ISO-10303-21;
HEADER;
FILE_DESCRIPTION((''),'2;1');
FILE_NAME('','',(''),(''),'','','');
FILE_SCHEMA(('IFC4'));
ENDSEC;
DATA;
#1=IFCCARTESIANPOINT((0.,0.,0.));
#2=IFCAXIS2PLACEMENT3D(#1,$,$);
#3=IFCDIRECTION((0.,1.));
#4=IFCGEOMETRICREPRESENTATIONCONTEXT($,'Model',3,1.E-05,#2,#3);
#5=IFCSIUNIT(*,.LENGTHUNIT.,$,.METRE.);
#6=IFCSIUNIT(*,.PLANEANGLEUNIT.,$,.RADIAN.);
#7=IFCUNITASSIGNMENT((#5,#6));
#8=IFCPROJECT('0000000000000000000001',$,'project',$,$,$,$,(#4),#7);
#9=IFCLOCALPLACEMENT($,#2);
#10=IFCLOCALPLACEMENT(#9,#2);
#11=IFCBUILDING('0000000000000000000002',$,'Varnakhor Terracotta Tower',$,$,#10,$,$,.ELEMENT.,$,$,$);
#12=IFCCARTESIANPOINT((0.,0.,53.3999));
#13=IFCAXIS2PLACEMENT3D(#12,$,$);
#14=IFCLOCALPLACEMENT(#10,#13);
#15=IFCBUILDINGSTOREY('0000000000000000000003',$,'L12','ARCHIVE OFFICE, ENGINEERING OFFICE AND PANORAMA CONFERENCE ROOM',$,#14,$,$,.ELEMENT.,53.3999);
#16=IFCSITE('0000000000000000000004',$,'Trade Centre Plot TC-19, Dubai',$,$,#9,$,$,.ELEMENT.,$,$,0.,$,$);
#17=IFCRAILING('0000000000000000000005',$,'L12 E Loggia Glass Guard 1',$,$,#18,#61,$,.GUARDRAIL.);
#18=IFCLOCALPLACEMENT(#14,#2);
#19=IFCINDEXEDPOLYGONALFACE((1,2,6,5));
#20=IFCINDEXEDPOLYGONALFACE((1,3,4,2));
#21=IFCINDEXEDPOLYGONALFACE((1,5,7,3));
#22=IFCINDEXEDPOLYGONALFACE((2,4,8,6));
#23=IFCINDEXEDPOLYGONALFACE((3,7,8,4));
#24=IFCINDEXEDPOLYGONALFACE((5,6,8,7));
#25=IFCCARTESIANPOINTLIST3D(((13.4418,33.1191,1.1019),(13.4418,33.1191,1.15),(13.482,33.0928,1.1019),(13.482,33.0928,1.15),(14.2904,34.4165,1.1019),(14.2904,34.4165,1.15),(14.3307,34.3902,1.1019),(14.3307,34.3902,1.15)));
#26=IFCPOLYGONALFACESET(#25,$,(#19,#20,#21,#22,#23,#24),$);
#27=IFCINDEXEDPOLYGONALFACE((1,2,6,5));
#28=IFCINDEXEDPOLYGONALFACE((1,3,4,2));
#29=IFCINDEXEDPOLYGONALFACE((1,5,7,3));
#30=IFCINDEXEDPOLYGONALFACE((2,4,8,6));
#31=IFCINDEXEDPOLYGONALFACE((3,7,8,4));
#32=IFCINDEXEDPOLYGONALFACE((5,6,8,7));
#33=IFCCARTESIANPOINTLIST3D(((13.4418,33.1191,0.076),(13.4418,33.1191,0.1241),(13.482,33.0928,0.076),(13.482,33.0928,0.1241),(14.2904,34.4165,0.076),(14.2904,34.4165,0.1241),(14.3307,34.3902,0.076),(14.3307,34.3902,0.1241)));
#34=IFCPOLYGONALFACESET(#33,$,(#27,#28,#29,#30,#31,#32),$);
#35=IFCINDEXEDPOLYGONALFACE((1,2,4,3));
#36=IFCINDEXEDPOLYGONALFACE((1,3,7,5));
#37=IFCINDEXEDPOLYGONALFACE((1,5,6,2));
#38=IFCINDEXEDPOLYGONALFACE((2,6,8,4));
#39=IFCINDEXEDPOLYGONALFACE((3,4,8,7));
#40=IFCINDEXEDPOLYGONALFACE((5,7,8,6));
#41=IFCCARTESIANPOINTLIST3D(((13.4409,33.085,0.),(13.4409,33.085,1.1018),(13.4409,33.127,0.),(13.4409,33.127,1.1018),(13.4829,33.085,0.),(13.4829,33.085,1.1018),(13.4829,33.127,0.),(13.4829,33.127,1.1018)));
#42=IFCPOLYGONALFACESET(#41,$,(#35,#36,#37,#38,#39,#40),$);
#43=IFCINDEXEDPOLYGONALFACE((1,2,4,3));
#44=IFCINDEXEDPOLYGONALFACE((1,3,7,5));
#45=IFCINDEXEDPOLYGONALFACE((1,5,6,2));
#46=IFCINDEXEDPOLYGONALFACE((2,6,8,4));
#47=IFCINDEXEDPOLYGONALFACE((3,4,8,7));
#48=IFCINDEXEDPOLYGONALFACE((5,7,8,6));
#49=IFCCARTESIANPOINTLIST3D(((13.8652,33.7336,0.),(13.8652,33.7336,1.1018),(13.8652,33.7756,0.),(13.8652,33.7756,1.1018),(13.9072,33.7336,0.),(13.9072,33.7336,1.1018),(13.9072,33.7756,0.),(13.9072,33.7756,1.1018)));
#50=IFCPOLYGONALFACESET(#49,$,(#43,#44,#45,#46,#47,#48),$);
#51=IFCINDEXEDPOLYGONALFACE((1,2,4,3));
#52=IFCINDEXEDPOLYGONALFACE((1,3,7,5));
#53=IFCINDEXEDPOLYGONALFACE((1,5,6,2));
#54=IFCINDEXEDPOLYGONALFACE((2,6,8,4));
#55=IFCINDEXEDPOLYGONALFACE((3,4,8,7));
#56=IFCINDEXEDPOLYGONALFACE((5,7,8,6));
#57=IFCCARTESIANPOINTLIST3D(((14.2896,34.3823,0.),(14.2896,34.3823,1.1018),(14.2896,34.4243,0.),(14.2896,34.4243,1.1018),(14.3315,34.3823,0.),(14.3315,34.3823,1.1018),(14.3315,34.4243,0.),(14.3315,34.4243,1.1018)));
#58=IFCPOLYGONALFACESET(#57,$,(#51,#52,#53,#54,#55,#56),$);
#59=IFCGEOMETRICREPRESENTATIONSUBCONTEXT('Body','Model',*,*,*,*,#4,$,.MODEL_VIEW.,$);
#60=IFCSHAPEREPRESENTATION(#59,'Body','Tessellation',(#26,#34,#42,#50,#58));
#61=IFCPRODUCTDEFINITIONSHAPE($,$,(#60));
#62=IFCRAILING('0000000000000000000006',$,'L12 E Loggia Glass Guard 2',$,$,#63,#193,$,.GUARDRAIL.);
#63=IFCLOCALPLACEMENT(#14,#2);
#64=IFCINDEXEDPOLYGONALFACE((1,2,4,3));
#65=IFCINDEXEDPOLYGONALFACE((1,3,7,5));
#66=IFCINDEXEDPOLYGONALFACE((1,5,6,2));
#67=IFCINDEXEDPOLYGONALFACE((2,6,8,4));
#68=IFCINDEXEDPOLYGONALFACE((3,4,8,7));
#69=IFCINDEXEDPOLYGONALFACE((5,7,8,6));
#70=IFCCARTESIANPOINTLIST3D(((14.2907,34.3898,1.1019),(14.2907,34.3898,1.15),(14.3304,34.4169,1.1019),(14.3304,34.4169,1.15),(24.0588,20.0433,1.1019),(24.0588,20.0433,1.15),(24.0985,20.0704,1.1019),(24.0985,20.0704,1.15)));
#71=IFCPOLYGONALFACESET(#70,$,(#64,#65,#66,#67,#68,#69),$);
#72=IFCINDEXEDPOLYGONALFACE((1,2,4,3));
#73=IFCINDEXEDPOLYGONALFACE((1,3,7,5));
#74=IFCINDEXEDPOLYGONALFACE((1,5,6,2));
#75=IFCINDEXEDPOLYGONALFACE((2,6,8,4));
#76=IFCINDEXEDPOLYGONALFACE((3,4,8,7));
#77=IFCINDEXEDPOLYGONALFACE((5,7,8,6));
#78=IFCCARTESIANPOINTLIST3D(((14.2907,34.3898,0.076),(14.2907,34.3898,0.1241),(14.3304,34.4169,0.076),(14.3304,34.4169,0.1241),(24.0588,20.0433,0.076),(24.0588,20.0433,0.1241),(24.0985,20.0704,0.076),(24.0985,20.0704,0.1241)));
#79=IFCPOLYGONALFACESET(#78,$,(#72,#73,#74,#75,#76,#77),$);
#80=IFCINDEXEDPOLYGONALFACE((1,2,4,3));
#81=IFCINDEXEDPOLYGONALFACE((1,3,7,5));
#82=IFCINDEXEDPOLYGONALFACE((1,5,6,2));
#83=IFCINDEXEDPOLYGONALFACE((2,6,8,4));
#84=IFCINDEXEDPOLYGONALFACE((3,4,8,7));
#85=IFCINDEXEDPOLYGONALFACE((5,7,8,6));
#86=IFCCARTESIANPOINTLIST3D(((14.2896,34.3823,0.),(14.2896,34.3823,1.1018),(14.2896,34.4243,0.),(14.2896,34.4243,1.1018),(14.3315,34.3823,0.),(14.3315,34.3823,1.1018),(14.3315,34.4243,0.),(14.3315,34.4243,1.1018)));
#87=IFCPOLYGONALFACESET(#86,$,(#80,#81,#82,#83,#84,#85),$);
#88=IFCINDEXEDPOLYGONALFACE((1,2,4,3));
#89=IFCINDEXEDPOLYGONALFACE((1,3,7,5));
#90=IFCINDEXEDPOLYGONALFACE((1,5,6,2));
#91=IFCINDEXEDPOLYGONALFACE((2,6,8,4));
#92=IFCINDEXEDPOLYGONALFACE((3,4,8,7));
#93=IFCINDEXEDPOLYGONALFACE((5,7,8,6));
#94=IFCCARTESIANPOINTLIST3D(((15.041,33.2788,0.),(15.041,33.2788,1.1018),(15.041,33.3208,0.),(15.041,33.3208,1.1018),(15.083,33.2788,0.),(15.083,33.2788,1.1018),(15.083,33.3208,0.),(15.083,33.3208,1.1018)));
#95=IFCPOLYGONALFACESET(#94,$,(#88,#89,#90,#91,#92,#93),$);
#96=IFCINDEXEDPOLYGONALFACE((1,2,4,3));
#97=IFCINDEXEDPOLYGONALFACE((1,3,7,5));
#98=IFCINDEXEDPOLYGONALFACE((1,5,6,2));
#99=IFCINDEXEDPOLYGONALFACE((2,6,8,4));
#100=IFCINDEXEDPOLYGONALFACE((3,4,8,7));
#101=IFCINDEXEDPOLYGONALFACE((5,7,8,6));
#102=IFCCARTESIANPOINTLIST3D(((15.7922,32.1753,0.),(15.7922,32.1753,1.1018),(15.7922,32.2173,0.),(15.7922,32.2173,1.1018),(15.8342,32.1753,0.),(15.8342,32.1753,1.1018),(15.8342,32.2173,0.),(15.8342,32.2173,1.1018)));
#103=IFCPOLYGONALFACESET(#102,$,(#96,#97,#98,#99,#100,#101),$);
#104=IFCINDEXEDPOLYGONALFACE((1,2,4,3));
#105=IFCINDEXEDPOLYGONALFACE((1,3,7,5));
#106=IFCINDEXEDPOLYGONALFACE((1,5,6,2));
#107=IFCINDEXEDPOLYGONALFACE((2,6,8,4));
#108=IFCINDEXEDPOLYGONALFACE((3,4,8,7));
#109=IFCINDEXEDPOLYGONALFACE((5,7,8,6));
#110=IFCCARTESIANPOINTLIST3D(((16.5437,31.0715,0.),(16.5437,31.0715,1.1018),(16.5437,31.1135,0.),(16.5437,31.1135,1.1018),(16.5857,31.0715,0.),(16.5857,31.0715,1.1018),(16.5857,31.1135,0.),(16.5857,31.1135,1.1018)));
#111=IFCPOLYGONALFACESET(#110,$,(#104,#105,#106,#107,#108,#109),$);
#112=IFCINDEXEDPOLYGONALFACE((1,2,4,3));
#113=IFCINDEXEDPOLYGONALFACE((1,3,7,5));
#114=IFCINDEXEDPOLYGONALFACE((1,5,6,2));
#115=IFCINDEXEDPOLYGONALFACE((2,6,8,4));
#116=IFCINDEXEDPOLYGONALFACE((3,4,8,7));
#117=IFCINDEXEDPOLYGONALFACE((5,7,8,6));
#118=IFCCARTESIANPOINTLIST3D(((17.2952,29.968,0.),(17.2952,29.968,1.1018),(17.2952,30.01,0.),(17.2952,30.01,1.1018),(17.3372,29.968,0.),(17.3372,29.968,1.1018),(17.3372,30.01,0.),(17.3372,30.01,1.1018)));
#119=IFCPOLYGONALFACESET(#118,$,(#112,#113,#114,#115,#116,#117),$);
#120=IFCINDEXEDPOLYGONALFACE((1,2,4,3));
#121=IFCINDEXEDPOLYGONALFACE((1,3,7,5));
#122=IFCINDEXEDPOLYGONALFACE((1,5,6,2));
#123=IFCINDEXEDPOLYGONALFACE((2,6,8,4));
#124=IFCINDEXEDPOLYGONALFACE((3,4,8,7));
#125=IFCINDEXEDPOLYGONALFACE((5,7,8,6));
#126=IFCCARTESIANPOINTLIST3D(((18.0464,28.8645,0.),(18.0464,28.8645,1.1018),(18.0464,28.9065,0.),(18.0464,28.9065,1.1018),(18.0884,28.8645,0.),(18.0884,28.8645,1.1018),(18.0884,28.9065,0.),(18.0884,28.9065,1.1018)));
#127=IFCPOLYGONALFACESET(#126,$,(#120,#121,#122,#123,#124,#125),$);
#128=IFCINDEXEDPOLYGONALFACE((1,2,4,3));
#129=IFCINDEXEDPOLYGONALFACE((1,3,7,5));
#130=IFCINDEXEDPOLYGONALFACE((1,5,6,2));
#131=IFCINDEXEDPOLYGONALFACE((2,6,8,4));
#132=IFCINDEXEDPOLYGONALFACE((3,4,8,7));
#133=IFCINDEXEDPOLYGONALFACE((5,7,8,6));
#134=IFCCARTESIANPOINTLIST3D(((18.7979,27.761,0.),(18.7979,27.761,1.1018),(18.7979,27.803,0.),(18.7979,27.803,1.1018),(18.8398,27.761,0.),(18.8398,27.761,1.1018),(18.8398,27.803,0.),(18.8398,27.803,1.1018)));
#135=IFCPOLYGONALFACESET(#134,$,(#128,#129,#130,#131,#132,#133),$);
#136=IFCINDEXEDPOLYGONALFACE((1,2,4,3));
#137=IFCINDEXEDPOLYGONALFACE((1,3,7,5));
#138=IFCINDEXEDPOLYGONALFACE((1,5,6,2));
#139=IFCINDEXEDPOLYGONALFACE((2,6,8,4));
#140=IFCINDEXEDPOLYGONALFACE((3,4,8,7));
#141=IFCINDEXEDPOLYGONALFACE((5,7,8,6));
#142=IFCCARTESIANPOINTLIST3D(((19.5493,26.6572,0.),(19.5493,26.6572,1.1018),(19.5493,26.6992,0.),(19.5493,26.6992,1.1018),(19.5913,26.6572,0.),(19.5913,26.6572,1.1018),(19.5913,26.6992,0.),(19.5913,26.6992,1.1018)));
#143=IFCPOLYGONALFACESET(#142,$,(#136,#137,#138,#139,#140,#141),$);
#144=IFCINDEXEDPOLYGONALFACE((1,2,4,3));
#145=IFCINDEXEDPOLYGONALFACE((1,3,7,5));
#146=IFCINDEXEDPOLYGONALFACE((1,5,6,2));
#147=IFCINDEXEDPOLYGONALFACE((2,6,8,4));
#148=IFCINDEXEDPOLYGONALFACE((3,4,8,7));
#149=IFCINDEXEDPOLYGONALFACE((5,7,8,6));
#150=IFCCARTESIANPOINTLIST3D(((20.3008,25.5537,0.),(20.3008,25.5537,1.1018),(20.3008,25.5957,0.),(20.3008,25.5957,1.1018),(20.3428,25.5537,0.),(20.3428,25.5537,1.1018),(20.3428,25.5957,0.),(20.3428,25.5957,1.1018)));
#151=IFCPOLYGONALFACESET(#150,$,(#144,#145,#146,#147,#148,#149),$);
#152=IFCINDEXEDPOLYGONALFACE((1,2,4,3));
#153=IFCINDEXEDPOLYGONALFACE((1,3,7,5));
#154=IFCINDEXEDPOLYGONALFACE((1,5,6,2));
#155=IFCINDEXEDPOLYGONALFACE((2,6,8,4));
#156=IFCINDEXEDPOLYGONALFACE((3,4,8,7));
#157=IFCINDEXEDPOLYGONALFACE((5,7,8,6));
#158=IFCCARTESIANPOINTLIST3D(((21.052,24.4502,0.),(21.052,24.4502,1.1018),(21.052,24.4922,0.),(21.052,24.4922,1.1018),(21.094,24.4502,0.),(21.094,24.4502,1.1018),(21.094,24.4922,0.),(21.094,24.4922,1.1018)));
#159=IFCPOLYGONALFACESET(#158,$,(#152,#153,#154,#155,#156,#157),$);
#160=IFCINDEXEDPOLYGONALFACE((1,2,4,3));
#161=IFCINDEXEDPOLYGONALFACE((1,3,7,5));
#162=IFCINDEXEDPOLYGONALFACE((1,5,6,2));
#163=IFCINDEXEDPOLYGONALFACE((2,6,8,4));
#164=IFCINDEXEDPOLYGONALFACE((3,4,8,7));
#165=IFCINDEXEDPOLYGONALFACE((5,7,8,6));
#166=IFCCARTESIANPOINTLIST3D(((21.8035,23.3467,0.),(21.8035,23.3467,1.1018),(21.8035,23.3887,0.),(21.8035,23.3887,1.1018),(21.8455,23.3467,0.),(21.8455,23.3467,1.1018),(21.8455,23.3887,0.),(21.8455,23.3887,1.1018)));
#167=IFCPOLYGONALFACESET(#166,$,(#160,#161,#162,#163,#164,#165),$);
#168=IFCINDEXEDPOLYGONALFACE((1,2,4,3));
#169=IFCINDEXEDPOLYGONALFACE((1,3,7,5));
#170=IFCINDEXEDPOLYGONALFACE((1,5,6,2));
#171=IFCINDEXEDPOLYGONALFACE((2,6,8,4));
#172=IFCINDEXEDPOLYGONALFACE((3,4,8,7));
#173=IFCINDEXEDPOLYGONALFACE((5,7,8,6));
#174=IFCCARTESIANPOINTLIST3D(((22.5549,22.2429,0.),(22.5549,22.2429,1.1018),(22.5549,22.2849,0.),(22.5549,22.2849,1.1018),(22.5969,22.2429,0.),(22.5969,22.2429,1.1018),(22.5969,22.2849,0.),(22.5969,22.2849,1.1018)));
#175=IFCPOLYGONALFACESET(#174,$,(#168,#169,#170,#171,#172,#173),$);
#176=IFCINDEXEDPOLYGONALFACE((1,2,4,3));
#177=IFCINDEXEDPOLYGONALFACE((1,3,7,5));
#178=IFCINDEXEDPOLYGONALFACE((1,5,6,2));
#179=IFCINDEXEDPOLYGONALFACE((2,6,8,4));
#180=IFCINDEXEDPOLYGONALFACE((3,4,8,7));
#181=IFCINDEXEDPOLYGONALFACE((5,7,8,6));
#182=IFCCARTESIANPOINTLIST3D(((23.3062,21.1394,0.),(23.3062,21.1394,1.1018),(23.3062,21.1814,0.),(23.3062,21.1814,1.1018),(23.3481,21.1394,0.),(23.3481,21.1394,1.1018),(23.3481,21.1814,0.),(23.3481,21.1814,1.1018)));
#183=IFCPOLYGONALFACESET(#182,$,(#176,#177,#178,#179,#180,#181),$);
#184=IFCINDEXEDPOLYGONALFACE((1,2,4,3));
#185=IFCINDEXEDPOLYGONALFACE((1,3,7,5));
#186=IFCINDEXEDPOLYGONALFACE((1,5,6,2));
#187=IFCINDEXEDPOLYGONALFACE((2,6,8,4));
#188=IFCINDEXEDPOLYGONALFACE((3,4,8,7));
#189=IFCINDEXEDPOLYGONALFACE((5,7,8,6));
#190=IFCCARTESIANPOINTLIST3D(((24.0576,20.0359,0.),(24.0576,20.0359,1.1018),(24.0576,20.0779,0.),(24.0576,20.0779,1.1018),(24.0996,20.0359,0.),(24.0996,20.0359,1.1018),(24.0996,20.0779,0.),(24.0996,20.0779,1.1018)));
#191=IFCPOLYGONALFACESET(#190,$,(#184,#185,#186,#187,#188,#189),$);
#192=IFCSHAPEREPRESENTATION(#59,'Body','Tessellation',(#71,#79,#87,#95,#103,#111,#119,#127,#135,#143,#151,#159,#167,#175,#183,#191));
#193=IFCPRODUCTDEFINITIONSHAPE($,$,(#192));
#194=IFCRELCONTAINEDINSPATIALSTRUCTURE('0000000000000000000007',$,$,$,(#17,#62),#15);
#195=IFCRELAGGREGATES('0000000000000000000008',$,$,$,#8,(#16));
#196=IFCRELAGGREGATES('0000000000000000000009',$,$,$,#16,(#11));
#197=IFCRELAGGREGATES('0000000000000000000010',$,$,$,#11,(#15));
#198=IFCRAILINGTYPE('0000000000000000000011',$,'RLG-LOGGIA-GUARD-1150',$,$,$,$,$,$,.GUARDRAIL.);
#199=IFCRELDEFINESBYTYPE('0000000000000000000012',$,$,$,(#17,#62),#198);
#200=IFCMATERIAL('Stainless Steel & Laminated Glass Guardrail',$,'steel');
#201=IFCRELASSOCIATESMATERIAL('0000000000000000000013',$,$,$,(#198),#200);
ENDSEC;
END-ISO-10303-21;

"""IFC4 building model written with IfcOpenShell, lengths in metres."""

from ifc_helpers import new_model, si_unit, direction, frame, origin, origin_2d, place, context, subcontext, project, spatial, rectangle, extrude, material, type_object, element, save


model = new_model("IFC4")

# Units and contexts
model_context = context("Model", 3, precision=1e-05, world=origin(), true_north=direction((0.0, 1.0)))
body_context = subcontext(model_context, "Body", "Model", "MODEL_VIEW")
ifc_project = project(units=[si_unit("LENGTHUNIT", "METRE"), si_unit("PLANEANGLEUNIT", "RADIAN")], contexts=[model_context])

# Site, building, storey
site_placement = place(None, origin())
site = spatial("IfcSite", under=ifc_project, at=site_placement, Name="Trade Centre Plot TC-19, Dubai", CompositionType="ELEMENT", RefElevation=0.0)
building_placement = place(site_placement, origin())
building = spatial("IfcBuilding", under=site, at=building_placement, Name="Varnakhor Terracotta Tower", CompositionType="ELEMENT")
storey_placement = place(building_placement, frame((0.0, 0.0, 53.3999)))
storey = spatial("IfcBuildingStorey", under=building, at=storey_placement, Name="L12", Description="ARCHIVE OFFICE, ENGINEERING OFFICE AND PANORAMA CONFERENCE ROOM", CompositionType="ELEMENT", Elevation=53.3999)

# Railings
ifc_material_1 = material(Name="Stainless Steel & Laminated Glass Guardrail", Category="steel")
railing_type = type_object("IfcRailingType", Name="RLG-LOGGIA-GUARD-1150", PredefinedType="GUARDRAIL", material=ifc_material_1)
railing_1_placement = place(storey_placement, frame((13.4619, 33.106, 0.0)))
element("IfcRailing", 1, at=railing_1_placement, inside=storey, type_object=railing_type, Name="L12 E Loggia Glass Guard 1", PredefinedType="GUARDRAIL", context=body_context, shape_type="SweptSolid", body=[
    extrude(rectangle(XDim=0.0481, YDim=0.0481, at=origin_2d()), frame((0.0, 0.0, 1.126), z_axis=(0.547411, 0.836864, 0.0), x_axis=(-0.836864, 0.547411, 0.0)), (0.0, 0.0, 1.0), 1.5503),
    extrude(rectangle(XDim=0.0481, YDim=0.0481, at=origin_2d()), frame((0.0, 0.0, 0.1001), z_axis=(0.547411, 0.836864, 0.0), x_axis=(-0.836864, 0.547411, 0.0)), (0.0, 0.0, 1.0), 1.5503),
    extrude(rectangle(XDim=0.042, YDim=0.042, at=origin_2d()), origin(), (0.0, 0.0, 1.0), 1.1018),
    extrude(rectangle(XDim=0.042, YDim=0.042, at=origin_2d()), frame((0.4243, 0.6487, 0.0)), (0.0, 0.0, 1.0), 1.1018),
    extrude(rectangle(XDim=0.042, YDim=0.042, at=origin_2d()), frame((0.8486, 1.2974, 0.0)), (0.0, 0.0, 1.0), 1.1018),
])
railing_2_placement = place(storey_placement, frame((14.3105, 34.4033, 0.0)))
element("IfcRailing", 2, at=railing_2_placement, inside=storey, type_object=railing_type, Name="L12 E Loggia Glass Guard 2", PredefinedType="GUARDRAIL", context=body_context, shape_type="SweptSolid", body=[
    extrude(rectangle(XDim=0.0481, YDim=0.0481, at=origin_2d()), frame((0.0, 0.0, 1.126), z_axis=(0.562802, -0.826592, 0.0), x_axis=(0.826592, 0.562802, 0.0)), (0.0, 0.0, 1.0), 17.3562),
    extrude(rectangle(XDim=0.0481, YDim=0.0481, at=origin_2d()), frame((0.0, 0.0, 0.1001), z_axis=(0.562802, -0.826592, 0.0), x_axis=(0.826592, 0.562802, 0.0)), (0.0, 0.0, 1.0), 17.3562),
    extrude(rectangle(XDim=0.042, YDim=0.042, at=origin_2d()), origin(), (0.0, 0.0, 1.0), 1.1018),
    extrude(rectangle(XDim=0.042, YDim=0.042, at=origin_2d()), frame((0.7515, -1.1035, 0.0)), (0.0, 0.0, 1.0), 1.1018),
    extrude(rectangle(XDim=0.042, YDim=0.042, at=origin_2d()), frame((1.5027, -2.207, 0.0)), (0.0, 0.0, 1.0), 1.1018),
    extrude(rectangle(XDim=0.042, YDim=0.042, at=origin_2d()), frame((2.2542, -3.3108, 0.0)), (0.0, 0.0, 1.0), 1.1018),
    extrude(rectangle(XDim=0.042, YDim=0.042, at=origin_2d()), frame((3.0056, -4.4143, 0.0)), (0.0, 0.0, 1.0), 1.1018),
    extrude(rectangle(XDim=0.042, YDim=0.042, at=origin_2d()), frame((3.7568, -5.5178, 0.0)), (0.0, 0.0, 1.0), 1.1018),
    extrude(rectangle(XDim=0.042, YDim=0.042, at=origin_2d()), frame((4.5083, -6.6213, 0.0)), (0.0, 0.0, 1.0), 1.1018),
    extrude(rectangle(XDim=0.042, YDim=0.042, at=origin_2d()), frame((5.2598, -7.7251, 0.0)), (0.0, 0.0, 1.0), 1.1018),
    extrude(rectangle(XDim=0.042, YDim=0.042, at=origin_2d()), frame((6.0112, -8.8286, 0.0)), (0.0, 0.0, 1.0), 1.1018),
    extrude(rectangle(XDim=0.042, YDim=0.042, at=origin_2d()), frame((6.7625, -9.9321, 0.0)), (0.0, 0.0, 1.0), 1.1018),
    extrude(rectangle(XDim=0.042, YDim=0.042, at=origin_2d()), frame((7.5139, -11.0356, 0.0)), (0.0, 0.0, 1.0), 1.1018),
    extrude(rectangle(XDim=0.042, YDim=0.042, at=origin_2d()), frame((8.2654, -12.1394, 0.0)), (0.0, 0.0, 1.0), 1.1018),
    extrude(rectangle(XDim=0.042, YDim=0.042, at=origin_2d()), frame((9.0166, -13.2429, 0.0)), (0.0, 0.0, 1.0), 1.1018),
    extrude(rectangle(XDim=0.042, YDim=0.042, at=origin_2d()), frame((9.7681, -14.3464, 0.0)), (0.0, 0.0, 1.0), 1.1018),
])

save(model, "model.ifc")
